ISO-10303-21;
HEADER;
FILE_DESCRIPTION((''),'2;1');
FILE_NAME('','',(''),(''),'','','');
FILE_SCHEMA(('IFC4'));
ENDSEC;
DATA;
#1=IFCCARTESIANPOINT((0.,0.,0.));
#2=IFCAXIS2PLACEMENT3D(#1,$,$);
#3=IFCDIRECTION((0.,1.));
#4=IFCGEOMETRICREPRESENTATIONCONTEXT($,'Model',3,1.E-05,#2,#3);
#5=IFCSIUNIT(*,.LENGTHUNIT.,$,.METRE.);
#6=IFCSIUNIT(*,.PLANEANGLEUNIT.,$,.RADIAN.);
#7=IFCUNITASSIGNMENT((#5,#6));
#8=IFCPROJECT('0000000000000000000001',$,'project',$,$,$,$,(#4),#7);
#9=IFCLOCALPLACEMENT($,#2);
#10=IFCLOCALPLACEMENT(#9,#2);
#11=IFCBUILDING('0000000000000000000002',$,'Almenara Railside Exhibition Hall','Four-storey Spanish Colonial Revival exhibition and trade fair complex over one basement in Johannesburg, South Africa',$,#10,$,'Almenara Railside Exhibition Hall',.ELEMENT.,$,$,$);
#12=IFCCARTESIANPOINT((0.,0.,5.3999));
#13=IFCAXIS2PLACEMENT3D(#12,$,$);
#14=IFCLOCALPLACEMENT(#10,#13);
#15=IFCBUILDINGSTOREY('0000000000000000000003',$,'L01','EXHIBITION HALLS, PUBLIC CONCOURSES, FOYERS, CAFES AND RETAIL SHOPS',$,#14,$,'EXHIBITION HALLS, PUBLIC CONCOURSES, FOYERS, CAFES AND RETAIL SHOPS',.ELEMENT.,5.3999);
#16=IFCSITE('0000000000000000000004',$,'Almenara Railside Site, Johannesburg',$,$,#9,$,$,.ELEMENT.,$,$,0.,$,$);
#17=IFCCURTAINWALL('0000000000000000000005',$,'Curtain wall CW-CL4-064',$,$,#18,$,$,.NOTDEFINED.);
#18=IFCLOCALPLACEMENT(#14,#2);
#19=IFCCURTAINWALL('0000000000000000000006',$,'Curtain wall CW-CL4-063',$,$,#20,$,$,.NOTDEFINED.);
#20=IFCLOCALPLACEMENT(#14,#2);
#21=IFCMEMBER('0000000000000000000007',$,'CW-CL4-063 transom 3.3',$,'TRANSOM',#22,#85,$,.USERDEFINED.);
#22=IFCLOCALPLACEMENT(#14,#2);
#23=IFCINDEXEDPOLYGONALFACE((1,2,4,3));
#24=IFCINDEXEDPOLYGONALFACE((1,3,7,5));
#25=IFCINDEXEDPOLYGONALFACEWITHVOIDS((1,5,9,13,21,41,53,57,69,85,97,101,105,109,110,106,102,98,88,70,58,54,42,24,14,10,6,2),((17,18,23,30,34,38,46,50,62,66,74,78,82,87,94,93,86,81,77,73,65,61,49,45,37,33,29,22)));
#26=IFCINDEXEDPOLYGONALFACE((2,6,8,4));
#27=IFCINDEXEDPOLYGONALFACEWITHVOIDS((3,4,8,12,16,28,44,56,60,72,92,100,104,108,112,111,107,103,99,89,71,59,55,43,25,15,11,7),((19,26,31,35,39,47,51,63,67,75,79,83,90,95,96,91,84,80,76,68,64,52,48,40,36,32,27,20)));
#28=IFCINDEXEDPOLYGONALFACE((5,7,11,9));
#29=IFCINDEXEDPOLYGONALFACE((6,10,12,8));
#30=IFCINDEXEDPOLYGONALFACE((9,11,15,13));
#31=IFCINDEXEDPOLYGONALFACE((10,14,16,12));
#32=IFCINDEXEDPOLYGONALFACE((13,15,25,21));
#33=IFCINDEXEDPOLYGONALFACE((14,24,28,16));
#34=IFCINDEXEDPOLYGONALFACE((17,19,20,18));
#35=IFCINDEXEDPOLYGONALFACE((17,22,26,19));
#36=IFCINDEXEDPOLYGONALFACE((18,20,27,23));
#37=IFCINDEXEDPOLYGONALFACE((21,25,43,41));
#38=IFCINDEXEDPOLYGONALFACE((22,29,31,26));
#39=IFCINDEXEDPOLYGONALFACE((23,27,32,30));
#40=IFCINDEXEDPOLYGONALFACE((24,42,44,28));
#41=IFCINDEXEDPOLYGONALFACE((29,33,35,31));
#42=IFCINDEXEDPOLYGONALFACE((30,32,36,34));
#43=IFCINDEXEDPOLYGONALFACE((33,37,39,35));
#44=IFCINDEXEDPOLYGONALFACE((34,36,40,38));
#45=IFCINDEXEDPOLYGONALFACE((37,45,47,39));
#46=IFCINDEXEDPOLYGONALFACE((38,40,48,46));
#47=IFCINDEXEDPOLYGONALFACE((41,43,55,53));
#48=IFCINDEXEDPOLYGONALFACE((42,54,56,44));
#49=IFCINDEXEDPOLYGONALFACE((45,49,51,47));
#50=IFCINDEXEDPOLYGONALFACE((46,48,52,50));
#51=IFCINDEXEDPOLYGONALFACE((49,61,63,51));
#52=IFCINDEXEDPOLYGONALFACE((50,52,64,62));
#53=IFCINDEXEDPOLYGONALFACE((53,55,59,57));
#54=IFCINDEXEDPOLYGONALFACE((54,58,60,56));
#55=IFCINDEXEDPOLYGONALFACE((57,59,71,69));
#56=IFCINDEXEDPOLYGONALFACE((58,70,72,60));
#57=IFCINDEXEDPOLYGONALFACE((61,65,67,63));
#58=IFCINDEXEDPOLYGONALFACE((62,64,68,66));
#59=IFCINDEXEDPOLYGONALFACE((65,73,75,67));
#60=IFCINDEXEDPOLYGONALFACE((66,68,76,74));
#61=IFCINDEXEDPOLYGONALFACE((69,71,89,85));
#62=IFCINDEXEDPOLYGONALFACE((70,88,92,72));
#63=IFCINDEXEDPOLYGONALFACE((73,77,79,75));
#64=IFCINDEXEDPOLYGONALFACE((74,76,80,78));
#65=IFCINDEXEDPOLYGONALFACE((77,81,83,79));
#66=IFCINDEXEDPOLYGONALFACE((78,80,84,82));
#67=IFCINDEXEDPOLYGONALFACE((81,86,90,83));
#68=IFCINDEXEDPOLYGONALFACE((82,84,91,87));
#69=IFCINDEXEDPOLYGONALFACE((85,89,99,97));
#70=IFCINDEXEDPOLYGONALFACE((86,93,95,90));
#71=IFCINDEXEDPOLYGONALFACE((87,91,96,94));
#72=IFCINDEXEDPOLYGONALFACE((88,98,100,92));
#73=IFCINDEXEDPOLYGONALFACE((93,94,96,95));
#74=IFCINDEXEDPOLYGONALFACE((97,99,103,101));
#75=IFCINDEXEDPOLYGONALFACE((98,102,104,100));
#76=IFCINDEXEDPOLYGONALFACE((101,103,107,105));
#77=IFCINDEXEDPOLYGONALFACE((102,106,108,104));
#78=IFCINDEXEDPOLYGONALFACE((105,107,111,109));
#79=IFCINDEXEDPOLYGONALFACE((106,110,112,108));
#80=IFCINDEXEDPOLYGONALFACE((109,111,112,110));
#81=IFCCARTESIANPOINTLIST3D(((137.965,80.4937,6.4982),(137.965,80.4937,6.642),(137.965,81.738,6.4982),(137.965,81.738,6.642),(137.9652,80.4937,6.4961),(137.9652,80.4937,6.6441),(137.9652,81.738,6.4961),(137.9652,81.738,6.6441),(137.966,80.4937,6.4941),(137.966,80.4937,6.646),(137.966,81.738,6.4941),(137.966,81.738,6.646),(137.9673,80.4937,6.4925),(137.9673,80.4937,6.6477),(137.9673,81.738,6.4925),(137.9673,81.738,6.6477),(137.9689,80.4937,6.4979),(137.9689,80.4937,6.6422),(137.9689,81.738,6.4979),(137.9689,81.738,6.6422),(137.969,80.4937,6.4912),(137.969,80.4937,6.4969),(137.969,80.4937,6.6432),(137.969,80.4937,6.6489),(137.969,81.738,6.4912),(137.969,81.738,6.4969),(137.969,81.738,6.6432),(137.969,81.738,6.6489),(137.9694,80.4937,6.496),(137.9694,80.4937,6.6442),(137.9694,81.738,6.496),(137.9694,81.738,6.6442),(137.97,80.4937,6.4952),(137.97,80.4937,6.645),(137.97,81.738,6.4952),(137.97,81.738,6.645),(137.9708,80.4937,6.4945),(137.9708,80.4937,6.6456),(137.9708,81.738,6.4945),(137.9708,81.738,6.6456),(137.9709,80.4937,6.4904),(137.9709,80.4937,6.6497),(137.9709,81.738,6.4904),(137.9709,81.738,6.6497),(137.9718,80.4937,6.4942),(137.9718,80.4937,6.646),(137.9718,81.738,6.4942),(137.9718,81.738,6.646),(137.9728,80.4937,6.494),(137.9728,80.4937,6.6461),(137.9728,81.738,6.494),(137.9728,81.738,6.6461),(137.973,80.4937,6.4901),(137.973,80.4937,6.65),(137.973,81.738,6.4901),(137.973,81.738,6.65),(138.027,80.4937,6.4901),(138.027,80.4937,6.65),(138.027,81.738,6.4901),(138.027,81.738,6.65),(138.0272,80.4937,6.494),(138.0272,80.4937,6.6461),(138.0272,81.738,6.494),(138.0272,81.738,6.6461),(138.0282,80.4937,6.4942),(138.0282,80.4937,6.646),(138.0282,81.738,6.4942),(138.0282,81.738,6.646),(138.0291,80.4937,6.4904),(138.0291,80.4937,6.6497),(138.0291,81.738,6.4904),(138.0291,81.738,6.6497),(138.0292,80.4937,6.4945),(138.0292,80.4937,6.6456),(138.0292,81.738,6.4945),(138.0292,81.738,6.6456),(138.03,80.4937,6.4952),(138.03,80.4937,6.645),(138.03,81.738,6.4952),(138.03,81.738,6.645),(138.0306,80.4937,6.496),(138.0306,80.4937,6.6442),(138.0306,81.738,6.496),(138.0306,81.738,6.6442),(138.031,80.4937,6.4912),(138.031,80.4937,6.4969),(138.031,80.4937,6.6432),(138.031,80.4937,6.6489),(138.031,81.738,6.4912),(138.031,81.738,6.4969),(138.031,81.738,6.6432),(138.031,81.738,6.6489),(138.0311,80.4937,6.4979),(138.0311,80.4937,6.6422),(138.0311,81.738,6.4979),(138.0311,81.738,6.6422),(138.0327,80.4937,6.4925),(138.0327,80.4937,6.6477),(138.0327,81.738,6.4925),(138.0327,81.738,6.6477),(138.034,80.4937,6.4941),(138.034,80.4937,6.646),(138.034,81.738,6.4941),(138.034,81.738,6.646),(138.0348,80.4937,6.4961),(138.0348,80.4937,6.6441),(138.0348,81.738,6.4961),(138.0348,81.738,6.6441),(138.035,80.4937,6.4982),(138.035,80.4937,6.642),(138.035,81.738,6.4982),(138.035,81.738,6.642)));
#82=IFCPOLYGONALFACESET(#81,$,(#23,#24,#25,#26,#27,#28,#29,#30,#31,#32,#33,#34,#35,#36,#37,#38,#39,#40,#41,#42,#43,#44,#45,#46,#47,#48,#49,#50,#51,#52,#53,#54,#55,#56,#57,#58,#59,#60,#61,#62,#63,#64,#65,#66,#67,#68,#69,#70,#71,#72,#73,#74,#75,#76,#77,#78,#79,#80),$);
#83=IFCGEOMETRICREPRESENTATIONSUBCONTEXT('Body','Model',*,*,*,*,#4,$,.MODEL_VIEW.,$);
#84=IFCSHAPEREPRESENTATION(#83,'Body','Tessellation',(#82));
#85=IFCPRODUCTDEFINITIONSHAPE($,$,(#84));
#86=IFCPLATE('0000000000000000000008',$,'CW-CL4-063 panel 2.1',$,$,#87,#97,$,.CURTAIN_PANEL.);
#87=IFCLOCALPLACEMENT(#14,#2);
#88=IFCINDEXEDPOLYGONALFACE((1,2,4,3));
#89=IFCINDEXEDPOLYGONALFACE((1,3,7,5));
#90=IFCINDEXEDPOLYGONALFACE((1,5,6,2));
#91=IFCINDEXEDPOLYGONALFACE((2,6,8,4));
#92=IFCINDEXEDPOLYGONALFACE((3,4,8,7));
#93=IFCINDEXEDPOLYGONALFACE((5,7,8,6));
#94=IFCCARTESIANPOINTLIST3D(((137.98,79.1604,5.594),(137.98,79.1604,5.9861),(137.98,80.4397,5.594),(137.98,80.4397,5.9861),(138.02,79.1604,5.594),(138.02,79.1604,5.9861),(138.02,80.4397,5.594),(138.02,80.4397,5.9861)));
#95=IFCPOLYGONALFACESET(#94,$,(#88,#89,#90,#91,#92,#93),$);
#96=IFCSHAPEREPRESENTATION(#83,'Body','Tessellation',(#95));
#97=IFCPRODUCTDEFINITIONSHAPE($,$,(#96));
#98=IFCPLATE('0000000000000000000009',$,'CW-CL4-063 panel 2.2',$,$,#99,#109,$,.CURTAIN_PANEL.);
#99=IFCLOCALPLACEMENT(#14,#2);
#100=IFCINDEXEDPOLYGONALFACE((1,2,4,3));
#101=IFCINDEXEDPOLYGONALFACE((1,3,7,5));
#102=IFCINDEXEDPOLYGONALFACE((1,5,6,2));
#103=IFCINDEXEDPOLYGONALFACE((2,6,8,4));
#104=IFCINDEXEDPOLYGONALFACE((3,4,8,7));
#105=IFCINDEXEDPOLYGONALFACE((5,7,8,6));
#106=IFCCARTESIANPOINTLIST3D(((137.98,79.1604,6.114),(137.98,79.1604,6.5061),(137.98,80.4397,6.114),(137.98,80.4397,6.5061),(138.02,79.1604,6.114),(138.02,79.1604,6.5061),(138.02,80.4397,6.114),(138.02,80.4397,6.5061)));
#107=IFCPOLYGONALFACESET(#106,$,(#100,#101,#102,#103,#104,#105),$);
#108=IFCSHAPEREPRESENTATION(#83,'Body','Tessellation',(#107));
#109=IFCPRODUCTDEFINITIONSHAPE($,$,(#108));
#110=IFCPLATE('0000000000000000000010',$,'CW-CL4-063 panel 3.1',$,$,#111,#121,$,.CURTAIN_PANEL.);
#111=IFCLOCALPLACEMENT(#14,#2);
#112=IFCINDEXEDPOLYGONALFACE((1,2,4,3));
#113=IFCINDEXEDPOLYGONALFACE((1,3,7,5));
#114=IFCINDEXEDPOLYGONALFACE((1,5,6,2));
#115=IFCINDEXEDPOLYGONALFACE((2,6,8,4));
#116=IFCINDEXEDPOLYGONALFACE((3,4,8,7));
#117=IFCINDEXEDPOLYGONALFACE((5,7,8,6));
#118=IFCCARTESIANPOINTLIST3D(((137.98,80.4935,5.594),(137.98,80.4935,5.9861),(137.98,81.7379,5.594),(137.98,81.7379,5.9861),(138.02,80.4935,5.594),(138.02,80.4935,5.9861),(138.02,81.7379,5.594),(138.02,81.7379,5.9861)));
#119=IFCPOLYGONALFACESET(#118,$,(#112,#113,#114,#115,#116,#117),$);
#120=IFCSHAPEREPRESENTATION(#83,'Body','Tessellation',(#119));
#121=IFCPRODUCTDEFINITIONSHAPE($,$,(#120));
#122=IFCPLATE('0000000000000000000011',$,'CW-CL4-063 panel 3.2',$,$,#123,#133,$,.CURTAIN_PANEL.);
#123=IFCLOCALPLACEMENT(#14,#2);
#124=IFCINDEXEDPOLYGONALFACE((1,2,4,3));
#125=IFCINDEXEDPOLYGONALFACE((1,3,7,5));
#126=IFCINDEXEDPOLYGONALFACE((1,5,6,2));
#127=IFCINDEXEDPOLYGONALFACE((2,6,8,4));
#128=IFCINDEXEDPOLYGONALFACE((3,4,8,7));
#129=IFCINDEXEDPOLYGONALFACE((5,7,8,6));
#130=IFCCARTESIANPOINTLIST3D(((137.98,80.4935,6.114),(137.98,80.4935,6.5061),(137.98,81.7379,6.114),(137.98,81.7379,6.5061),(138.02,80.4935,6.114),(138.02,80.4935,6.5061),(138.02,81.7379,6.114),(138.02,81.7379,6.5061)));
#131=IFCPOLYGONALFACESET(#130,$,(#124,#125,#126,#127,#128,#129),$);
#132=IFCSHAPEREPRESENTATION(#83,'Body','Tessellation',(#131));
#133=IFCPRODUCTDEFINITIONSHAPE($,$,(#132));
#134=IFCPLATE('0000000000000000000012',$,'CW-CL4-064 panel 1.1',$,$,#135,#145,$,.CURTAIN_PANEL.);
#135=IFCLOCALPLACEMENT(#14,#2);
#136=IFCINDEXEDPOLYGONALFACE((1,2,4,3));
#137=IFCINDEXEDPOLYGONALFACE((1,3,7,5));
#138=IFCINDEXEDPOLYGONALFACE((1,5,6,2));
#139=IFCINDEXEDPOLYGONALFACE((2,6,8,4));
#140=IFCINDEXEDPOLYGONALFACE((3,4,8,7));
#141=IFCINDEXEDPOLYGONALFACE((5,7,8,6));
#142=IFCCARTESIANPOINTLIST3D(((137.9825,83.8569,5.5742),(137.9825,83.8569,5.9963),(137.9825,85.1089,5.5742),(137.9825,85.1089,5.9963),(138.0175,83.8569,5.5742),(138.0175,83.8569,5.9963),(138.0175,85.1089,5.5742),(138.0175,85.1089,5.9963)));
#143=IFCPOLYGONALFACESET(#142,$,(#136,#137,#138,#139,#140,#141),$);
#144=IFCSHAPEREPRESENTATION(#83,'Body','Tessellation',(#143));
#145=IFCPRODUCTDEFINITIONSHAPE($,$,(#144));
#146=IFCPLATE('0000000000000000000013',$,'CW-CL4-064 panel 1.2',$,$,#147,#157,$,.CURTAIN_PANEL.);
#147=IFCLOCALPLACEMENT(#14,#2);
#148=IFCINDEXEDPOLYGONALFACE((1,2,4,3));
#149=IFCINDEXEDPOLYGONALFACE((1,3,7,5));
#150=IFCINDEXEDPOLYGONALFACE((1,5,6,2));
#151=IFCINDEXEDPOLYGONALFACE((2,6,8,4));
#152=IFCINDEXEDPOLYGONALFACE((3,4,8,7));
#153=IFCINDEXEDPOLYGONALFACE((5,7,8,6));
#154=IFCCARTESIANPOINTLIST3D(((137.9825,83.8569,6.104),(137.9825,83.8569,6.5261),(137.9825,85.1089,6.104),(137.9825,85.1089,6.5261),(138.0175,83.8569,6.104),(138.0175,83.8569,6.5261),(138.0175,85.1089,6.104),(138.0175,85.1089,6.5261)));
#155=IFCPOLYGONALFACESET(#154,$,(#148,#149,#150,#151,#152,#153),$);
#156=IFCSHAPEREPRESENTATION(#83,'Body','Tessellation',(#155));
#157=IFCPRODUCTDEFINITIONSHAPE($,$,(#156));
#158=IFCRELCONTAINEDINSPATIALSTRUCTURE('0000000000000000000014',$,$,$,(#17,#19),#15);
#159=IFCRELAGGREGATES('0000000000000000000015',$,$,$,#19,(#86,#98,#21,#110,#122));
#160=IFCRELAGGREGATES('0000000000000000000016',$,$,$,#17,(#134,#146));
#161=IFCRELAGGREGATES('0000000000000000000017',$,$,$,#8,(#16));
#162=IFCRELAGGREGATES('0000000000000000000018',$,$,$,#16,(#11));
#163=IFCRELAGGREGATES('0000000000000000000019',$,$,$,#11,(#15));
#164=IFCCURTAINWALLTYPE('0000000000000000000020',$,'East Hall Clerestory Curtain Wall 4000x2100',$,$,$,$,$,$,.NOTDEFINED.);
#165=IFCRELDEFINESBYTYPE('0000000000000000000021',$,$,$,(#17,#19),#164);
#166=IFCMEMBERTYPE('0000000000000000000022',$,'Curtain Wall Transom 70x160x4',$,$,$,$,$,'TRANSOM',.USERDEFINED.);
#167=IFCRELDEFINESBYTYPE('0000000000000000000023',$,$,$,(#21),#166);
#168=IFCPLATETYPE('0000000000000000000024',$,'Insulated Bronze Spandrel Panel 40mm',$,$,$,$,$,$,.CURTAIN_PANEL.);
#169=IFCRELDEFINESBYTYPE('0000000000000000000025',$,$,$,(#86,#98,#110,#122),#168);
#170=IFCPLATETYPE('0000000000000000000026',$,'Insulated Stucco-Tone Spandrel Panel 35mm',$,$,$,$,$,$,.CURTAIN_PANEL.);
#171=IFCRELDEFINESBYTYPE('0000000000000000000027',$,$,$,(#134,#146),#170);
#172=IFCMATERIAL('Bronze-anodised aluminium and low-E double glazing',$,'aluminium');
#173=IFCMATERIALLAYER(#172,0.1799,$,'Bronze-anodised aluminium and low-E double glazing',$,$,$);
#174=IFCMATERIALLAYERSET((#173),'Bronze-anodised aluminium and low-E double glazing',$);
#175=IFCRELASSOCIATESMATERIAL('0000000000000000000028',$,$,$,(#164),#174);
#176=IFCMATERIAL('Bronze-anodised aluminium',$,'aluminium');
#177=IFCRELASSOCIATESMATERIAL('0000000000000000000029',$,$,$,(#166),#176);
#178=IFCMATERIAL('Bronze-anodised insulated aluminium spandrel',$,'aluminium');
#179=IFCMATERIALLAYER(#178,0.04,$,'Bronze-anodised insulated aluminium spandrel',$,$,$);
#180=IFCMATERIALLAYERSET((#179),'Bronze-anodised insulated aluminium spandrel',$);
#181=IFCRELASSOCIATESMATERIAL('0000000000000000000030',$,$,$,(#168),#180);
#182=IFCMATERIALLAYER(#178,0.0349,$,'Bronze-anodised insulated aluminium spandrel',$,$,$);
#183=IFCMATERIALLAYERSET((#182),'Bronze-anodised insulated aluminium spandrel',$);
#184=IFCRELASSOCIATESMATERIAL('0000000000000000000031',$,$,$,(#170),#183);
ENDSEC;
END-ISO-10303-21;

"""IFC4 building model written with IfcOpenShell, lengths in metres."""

from ifc_helpers import new_model, si_unit, direction, frame, origin, origin_2d, place, context, subcontext, project, spatial, rectangle, hollow_rectangle, extrude, material, layer, layer_set, material_profile, profile_set, type_object, element, aggregate, save


model = new_model("IFC4")

# Units and contexts
model_context = context("Model", 3, precision=1e-05, world=origin(), true_north=direction((0.0, 1.0)))
body_context = subcontext(model_context, "Body", "Model", "MODEL_VIEW")
ifc_project = project(units=[si_unit("LENGTHUNIT", "METRE"), si_unit("PLANEANGLEUNIT", "RADIAN")], contexts=[model_context])

# Site, building, storey
site_placement = place(None, origin())
site = spatial("IfcSite", under=ifc_project, at=site_placement, Name="Almenara Railside Site, Johannesburg", CompositionType="ELEMENT", RefElevation=0.0)
building_placement = place(site_placement, origin())
building = spatial("IfcBuilding", under=site, at=building_placement, Name="Almenara Railside Exhibition Hall", Description="Four-storey Spanish Colonial Revival exhibition and trade fair complex over one basement in Johannesburg, South Africa", LongName="Almenara Railside Exhibition Hall", CompositionType="ELEMENT")
storey_placement = place(building_placement, frame((0.0, 0.0, 5.3999)))
storey = spatial("IfcBuildingStorey", under=building, at=storey_placement, Name="L01", Description="EXHIBITION HALLS, PUBLIC CONCOURSES, FOYERS, CAFES AND RETAIL SHOPS", LongName="EXHIBITION HALLS, PUBLIC CONCOURSES, FOYERS, CAFES AND RETAIL SHOPS", CompositionType="ELEMENT", Elevation=5.3999)

# Curtain walls
ifc_material_1 = material(Name="Bronze-anodised aluminium and low-E double glazing", Category="aluminium")
ifc_layer_1 = layer(ifc_material_1, 0.1799, Name="Bronze-anodised aluminium and low-E double glazing")
ifc_layer_set_1 = layer_set([ifc_layer_1], Name="Bronze-anodised aluminium and low-E double glazing")
curtain_wall_type = type_object("IfcCurtainWallType", Name="East Hall Clerestory Curtain Wall 4000x2100", PredefinedType="NOTDEFINED", material=ifc_layer_set_1)
curtain_wall_1_placement = place(storey_placement, origin())
curtain_wall_1 = element("IfcCurtainWall", 1, at=curtain_wall_1_placement, inside=storey, type_object=curtain_wall_type, Name="Curtain wall CW-CL4-064", PredefinedType="NOTDEFINED")
ifc_material_2 = material(Name="Bronze-anodised aluminium", Category="aluminium")
curtain_wall_2_placement = place(storey_placement, origin())
curtain_wall_2 = element("IfcCurtainWall", 2, at=curtain_wall_2_placement, inside=storey, type_object=curtain_wall_type, Name="Curtain wall CW-CL4-063", PredefinedType="NOTDEFINED")

# Member
ifc_material_profile_1 = material_profile(ifc_material_2, hollow_rectangle(XDim=0.0701, YDim=0.1599, WallThickness=0.0039, InnerFilletRadius=0.0039, OuterFilletRadius=0.0081, at=origin_2d()), Name="ALU-TRN 70x160x4")
ifc_profile_set_1 = profile_set([ifc_material_profile_1], Name="Bronze-anodised aluminium")
member_type_1 = type_object("IfcMemberType", Name="Curtain Wall Transom 70x160x4", ElementType="TRANSOM", PredefinedType="USERDEFINED", material=ifc_profile_set_1)
member_1_placement = place(storey_placement, frame((138.0, 80.4937, 6.5701), z_axis=(0.0, 1.0, 0.0), x_axis=(-1.0, 0.0, 0.0)))
member_1 = element("IfcMember", 3, at=member_1_placement, type_object=member_type_1, Name="CW-CL4-063 transom 3.3", ObjectType="TRANSOM", PredefinedType="USERDEFINED", context=body_context, shape_type="SweptSolid", body=[
    extrude(hollow_rectangle(XDim=0.0701, YDim=0.1599, WallThickness=0.0039, InnerFilletRadius=0.0039, OuterFilletRadius=0.0081, at=origin_2d()), origin(), (0.0, 0.0, 1.0), 1.2444),
])

# Plates
ifc_material_3 = material(Name="Bronze-anodised insulated aluminium spandrel", Category="aluminium")
ifc_layer_2 = layer(ifc_material_3, 0.04, Name="Bronze-anodised insulated aluminium spandrel")
ifc_layer_set_2 = layer_set([ifc_layer_2], Name="Bronze-anodised insulated aluminium spandrel")
plate_type_1 = type_object("IfcPlateType", Name="Insulated Bronze Spandrel Panel 40mm", PredefinedType="CURTAIN_PANEL", material=ifc_layer_set_2)
plate_1_placement = place(storey_placement, frame((138.0, 79.8, 5.594), z_axis=(0.0, 0.0, 1.0), x_axis=(0.0, 1.0, 0.0)))
plate_1 = element("IfcPlate", 4, at=plate_1_placement, type_object=plate_type_1, Name="CW-CL4-063 panel 2.1", PredefinedType="CURTAIN_PANEL", context=body_context, shape_type="SweptSolid", body=[
    extrude(rectangle(XDim=1.2793, YDim=0.04, at=origin_2d()), origin(), (0.0, 0.0, 1.0), 0.3921),
])
plate_2_placement = place(storey_placement, frame((138.0, 79.8, 6.114), z_axis=(0.0, 0.0, 1.0), x_axis=(0.0, 1.0, 0.0)))
plate_2 = element("IfcPlate", 5, at=plate_2_placement, type_object=plate_type_1, Name="CW-CL4-063 panel 2.2", PredefinedType="CURTAIN_PANEL", context=body_context, shape_type="SweptSolid", body=[
    extrude(rectangle(XDim=1.2793, YDim=0.04, at=origin_2d()), origin(), (0.0, 0.0, 1.0), 0.3921),
])
plate_3_placement = place(storey_placement, frame((138.0, 81.1157, 5.594), z_axis=(0.0, 0.0, 1.0), x_axis=(0.0, 1.0, 0.0)))
plate_3 = element("IfcPlate", 6, at=plate_3_placement, type_object=plate_type_1, Name="CW-CL4-063 panel 3.1", PredefinedType="CURTAIN_PANEL", context=body_context, shape_type="SweptSolid", body=[
    extrude(rectangle(XDim=1.2444, YDim=0.04, at=origin_2d()), origin(), (0.0, 0.0, 1.0), 0.3921),
])
plate_4_placement = place(storey_placement, frame((138.0, 81.1157, 6.114), z_axis=(0.0, 0.0, 1.0), x_axis=(0.0, 1.0, 0.0)))
plate_4 = element("IfcPlate", 7, at=plate_4_placement, type_object=plate_type_1, Name="CW-CL4-063 panel 3.2", PredefinedType="CURTAIN_PANEL", context=body_context, shape_type="SweptSolid", body=[
    extrude(rectangle(XDim=1.2444, YDim=0.04, at=origin_2d()), origin(), (0.0, 0.0, 1.0), 0.3921),
])
aggregate(curtain_wall_2, [plate_1, plate_2, member_1, plate_3, plate_4])
ifc_layer_3 = layer(ifc_material_3, 0.0349, Name="Bronze-anodised insulated aluminium spandrel")
ifc_layer_set_3 = layer_set([ifc_layer_3], Name="Bronze-anodised insulated aluminium spandrel")
plate_type_2 = type_object("IfcPlateType", Name="Insulated Stucco-Tone Spandrel Panel 35mm", PredefinedType="CURTAIN_PANEL", material=ifc_layer_set_3)
plate_5_placement = place(storey_placement, frame((138.0, 84.4829, 5.5742), z_axis=(0.0, 0.0, 1.0), x_axis=(0.0, 1.0, 0.0)))
plate_5 = element("IfcPlate", 8, at=plate_5_placement, type_object=plate_type_2, Name="CW-CL4-064 panel 1.1", PredefinedType="CURTAIN_PANEL", context=body_context, shape_type="SweptSolid", body=[
    extrude(rectangle(XDim=1.252, YDim=0.0349, at=origin_2d()), origin(), (0.0, 0.0, 1.0), 0.4221),
])
plate_6_placement = place(storey_placement, frame((138.0, 84.4829, 6.104), z_axis=(0.0, 0.0, 1.0), x_axis=(0.0, 1.0, 0.0)))
plate_6 = element("IfcPlate", 9, at=plate_6_placement, type_object=plate_type_2, Name="CW-CL4-064 panel 1.2", PredefinedType="CURTAIN_PANEL", context=body_context, shape_type="SweptSolid", body=[
    extrude(rectangle(XDim=1.252, YDim=0.0349, at=origin_2d()), origin(), (0.0, 0.0, 1.0), 0.4221),
])
aggregate(curtain_wall_1, [plate_5, plate_6])

save(model, "model.ifc")
